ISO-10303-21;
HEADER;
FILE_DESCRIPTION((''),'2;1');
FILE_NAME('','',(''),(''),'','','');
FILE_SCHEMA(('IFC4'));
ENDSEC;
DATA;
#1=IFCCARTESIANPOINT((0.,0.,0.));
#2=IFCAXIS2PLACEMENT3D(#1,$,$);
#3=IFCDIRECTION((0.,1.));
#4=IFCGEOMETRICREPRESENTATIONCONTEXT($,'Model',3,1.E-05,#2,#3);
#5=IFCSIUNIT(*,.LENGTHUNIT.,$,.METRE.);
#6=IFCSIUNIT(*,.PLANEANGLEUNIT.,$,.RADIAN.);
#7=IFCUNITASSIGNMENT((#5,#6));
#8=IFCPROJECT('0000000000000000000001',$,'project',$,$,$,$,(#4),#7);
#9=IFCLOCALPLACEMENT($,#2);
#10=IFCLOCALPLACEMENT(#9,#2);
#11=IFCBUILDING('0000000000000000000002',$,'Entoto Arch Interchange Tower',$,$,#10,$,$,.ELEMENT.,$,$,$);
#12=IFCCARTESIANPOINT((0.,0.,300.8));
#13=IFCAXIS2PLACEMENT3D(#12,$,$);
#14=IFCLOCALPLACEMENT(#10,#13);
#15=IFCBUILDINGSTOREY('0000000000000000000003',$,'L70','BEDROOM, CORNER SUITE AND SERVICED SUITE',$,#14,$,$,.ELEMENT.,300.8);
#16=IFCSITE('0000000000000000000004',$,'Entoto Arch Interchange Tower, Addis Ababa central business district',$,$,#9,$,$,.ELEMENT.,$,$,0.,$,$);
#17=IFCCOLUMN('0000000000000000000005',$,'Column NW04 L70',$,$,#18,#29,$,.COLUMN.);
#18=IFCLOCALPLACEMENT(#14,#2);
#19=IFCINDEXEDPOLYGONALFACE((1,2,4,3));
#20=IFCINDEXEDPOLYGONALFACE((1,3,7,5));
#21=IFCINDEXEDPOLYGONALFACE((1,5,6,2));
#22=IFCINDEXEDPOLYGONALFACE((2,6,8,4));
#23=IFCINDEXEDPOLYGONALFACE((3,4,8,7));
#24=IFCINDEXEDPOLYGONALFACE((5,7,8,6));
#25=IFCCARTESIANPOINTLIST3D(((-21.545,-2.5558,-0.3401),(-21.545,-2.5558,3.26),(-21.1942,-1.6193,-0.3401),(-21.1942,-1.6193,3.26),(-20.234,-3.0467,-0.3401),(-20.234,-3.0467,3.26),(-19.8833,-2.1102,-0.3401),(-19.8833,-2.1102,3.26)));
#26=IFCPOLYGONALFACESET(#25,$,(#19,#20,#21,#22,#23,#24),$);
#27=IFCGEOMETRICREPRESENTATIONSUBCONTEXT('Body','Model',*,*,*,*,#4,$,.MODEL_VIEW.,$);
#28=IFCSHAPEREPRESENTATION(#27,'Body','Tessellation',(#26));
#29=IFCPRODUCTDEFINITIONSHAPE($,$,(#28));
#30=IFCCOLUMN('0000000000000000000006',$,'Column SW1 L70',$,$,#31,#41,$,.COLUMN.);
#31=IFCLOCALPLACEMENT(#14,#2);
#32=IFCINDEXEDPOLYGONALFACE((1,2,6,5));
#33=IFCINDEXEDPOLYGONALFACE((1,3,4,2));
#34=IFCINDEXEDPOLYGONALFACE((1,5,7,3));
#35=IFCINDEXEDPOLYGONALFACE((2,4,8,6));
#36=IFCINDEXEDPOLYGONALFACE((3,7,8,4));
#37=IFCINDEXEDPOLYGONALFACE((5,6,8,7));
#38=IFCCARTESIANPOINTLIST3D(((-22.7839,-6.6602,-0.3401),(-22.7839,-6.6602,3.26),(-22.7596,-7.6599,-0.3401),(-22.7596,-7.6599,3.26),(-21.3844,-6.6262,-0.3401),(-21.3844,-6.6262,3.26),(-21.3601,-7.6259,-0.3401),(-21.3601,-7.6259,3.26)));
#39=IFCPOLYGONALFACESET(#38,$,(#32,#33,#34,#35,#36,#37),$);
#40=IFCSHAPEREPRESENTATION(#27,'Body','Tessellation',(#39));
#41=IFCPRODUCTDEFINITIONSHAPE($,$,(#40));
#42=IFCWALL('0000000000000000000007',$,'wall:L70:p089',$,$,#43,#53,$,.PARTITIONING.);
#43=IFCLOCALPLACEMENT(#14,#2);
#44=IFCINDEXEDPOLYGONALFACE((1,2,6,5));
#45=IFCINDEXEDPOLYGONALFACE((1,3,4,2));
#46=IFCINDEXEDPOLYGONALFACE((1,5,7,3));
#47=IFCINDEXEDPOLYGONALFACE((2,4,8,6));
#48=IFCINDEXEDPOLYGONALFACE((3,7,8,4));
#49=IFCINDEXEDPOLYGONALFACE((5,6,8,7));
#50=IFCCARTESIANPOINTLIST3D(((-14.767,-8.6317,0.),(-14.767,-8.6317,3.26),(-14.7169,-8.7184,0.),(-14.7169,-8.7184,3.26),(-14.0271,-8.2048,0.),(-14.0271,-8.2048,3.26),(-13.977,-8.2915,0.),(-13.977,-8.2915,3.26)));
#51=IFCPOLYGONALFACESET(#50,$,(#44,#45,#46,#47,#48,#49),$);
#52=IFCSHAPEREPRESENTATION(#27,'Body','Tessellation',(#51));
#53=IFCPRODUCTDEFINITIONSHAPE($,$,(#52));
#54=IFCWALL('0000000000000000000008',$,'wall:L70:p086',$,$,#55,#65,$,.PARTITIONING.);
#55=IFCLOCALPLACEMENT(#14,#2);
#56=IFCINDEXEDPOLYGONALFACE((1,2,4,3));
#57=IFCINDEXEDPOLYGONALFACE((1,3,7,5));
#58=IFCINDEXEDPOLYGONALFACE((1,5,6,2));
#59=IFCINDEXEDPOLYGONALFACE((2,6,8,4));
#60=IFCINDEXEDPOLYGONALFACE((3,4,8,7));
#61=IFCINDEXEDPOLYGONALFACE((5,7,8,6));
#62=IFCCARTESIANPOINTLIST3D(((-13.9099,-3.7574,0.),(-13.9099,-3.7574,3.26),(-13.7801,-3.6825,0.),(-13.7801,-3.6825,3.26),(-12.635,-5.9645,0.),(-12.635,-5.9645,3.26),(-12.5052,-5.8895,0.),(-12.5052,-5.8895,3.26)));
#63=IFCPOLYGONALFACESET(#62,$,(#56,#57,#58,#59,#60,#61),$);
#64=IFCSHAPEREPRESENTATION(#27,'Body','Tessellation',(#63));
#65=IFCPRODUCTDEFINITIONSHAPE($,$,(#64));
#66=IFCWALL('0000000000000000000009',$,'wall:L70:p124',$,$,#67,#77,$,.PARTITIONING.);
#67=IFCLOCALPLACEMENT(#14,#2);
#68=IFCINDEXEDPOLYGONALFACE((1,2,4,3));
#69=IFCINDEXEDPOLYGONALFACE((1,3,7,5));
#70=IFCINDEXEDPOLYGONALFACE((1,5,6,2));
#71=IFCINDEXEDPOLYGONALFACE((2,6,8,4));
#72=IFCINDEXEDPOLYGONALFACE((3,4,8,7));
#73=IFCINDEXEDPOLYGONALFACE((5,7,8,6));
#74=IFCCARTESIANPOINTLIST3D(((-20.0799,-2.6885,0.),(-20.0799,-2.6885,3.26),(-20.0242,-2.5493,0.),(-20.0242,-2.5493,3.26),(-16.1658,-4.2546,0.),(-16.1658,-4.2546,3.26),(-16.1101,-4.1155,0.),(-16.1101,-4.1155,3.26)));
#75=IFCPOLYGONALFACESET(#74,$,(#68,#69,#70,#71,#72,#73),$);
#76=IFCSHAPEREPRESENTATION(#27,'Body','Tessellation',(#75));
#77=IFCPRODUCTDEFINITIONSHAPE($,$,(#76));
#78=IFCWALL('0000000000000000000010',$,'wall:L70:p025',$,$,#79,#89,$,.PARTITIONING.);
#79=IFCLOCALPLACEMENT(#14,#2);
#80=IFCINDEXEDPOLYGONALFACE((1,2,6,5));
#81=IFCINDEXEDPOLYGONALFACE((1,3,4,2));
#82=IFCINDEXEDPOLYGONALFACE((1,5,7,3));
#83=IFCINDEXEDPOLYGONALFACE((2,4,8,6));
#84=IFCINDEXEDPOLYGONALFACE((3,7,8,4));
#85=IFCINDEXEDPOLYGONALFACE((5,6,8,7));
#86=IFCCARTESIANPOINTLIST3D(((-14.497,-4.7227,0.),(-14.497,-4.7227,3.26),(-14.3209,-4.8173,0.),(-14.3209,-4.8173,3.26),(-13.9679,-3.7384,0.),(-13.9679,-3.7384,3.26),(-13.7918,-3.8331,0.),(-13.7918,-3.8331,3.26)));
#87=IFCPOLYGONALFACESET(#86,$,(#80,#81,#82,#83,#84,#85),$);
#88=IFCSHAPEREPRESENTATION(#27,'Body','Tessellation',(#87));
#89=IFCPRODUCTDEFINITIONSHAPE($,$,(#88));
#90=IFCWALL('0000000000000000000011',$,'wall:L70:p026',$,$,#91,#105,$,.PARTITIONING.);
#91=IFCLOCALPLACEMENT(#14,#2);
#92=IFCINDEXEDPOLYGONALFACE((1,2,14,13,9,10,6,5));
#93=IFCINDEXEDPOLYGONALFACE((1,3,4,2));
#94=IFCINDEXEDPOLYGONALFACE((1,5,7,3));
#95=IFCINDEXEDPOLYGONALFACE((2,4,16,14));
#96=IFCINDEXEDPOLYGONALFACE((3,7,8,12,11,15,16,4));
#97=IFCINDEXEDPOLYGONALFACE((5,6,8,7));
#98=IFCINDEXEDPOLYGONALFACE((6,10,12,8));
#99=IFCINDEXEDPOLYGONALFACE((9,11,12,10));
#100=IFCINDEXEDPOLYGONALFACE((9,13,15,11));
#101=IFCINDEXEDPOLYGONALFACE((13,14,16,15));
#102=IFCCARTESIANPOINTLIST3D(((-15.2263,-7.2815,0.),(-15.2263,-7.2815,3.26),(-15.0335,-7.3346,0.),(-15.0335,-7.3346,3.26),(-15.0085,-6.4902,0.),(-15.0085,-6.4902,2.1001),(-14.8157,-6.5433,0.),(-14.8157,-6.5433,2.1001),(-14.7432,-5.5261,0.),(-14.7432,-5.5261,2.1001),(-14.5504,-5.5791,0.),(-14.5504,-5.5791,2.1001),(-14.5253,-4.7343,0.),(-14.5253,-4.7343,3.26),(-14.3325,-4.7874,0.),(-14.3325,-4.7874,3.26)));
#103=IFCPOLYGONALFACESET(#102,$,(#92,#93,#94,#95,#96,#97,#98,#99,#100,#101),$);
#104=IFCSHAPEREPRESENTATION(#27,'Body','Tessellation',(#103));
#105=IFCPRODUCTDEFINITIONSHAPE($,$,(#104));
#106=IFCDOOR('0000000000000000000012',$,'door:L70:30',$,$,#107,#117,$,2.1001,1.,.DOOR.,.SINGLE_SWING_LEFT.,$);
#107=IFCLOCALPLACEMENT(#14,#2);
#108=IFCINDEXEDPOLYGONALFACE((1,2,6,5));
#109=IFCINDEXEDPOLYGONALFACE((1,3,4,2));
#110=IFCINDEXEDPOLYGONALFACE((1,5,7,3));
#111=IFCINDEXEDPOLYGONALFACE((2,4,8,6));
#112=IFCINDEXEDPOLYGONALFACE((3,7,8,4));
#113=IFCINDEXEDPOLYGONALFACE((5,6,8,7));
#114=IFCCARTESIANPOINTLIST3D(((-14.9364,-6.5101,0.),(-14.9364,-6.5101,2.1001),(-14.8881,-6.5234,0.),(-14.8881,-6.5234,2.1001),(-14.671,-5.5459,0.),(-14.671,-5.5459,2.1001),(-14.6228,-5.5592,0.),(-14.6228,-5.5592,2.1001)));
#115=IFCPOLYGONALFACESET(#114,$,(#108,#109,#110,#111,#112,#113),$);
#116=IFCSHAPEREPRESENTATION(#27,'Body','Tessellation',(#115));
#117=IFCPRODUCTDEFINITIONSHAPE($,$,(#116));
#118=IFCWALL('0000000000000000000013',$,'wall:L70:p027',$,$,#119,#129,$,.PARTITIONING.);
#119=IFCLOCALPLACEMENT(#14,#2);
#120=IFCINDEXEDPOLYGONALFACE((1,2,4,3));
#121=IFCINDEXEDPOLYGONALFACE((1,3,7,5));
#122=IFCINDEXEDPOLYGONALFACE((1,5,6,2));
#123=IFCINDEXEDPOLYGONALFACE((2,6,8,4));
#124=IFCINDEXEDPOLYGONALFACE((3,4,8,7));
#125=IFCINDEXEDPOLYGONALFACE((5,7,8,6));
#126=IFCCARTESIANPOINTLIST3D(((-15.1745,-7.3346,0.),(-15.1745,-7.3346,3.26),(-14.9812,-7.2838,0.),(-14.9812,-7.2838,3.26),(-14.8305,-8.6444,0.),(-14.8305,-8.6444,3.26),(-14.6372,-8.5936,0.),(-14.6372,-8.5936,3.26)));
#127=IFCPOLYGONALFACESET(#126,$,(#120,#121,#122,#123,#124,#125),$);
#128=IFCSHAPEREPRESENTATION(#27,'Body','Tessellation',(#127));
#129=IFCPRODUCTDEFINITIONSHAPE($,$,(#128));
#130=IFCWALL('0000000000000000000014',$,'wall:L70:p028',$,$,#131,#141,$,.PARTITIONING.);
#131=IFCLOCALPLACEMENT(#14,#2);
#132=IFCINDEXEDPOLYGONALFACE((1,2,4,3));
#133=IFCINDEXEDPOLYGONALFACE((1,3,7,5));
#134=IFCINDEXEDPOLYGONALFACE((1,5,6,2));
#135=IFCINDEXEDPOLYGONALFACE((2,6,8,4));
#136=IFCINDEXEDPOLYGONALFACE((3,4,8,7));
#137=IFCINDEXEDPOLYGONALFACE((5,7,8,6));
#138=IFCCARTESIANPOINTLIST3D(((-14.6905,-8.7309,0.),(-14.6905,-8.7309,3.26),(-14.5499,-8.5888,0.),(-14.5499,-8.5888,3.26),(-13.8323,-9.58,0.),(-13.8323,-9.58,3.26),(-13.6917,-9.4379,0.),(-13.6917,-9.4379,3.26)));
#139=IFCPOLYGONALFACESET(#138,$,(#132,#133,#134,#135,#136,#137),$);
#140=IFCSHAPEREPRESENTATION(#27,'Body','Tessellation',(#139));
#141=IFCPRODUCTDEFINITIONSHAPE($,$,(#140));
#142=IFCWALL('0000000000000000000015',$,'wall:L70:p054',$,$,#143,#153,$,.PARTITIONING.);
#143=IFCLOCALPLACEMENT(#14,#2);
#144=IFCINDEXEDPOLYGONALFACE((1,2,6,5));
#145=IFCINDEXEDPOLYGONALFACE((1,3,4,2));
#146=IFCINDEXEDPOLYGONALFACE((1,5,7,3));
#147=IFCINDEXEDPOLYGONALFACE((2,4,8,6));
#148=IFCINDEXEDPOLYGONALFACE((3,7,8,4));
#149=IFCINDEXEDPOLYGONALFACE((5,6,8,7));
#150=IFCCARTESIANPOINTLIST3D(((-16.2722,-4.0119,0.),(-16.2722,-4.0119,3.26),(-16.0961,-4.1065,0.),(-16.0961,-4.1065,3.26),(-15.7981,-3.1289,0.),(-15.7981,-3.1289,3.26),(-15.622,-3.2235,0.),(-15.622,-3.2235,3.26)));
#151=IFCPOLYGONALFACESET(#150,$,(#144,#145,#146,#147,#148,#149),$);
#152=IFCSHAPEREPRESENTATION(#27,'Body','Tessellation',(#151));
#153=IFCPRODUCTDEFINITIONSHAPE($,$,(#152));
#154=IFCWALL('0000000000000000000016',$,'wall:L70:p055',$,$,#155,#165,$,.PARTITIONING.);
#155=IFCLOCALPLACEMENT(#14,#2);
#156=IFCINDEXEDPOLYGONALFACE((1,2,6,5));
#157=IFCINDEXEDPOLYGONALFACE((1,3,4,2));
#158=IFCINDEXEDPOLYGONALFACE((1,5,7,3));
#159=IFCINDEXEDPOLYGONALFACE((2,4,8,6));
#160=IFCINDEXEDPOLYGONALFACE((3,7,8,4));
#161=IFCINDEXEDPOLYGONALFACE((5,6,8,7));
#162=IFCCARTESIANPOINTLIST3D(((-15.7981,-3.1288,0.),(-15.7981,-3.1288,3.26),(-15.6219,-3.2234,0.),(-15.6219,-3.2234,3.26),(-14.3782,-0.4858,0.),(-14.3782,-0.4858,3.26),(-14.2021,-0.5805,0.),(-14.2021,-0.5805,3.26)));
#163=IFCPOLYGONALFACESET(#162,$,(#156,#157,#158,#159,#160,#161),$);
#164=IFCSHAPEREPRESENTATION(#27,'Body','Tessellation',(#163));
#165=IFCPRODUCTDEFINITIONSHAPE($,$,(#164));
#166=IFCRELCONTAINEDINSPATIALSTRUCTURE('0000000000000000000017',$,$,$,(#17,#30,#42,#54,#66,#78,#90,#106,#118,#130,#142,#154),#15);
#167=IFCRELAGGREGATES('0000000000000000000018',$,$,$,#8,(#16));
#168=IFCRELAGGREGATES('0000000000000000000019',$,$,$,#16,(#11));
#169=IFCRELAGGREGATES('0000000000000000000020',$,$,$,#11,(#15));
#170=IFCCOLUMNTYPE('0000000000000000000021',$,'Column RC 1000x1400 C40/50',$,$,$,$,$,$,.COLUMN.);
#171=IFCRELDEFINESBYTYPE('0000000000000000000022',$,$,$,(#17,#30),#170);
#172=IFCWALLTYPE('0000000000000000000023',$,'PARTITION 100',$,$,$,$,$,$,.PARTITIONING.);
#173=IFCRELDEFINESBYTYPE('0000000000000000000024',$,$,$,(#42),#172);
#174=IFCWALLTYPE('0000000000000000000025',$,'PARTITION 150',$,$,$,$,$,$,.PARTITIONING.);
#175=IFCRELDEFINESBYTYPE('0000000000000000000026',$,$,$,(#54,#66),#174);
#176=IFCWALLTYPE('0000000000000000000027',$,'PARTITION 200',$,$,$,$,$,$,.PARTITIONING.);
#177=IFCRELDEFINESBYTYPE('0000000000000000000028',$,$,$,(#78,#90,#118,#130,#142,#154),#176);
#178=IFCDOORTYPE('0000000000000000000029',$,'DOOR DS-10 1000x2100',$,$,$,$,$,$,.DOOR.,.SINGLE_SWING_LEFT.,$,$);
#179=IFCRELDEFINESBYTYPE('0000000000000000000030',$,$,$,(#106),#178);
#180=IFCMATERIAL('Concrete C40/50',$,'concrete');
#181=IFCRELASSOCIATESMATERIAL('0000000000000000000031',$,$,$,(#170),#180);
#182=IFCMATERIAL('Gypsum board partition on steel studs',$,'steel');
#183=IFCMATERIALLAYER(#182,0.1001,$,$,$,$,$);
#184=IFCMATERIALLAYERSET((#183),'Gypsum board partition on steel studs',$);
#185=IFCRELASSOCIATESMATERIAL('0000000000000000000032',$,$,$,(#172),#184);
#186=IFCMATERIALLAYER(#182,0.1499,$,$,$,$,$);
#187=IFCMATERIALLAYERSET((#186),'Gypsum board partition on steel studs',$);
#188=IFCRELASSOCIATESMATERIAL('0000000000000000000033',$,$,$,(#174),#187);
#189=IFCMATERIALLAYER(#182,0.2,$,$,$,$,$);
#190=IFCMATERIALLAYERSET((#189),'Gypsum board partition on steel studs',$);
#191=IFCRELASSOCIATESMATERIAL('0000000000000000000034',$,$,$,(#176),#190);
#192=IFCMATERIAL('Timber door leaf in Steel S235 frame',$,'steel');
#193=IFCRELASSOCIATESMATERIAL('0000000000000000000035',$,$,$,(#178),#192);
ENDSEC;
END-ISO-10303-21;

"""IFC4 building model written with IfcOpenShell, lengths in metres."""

from ifc_helpers import new_model, si_unit, direction, frame, frame_2d, origin, origin_2d, place, context, subcontext, project, spatial, rectangle, extrude, material, layer, layer_set, material_profile, profile_set, type_object, element, fill, save


model = new_model("IFC4")

# Units and contexts
model_context = context("Model", 3, precision=1e-05, world=origin(), true_north=direction((0.0, 1.0)))
body_context = subcontext(model_context, "Body", "Model", "MODEL_VIEW")
ifc_project = project(units=[si_unit("LENGTHUNIT", "METRE"), si_unit("PLANEANGLEUNIT", "RADIAN")], contexts=[model_context])

# Site, building, storey
site_placement = place(None, origin())
site = spatial("IfcSite", under=ifc_project, at=site_placement, Name="Entoto Arch Interchange Tower, Addis Ababa central business district", CompositionType="ELEMENT", RefElevation=0.0)
building_placement = place(site_placement, origin())
building = spatial("IfcBuilding", under=site, at=building_placement, Name="Entoto Arch Interchange Tower", CompositionType="ELEMENT")
storey_placement = place(building_placement, frame((0.0, 0.0, 300.8)))
storey = spatial("IfcBuildingStorey", under=building, at=storey_placement, Name="L70", Description="BEDROOM, CORNER SUITE AND SERVICED SUITE", CompositionType="ELEMENT", Elevation=300.8)

# Columns
ifc_material_1 = material(Name="Concrete C40/50", Category="concrete")
ifc_material_profile = material_profile(ifc_material_1, rectangle(XDim=1.0, YDim=1.3999, at=origin_2d()))
ifc_profile_set = profile_set([ifc_material_profile], Name="Concrete C40/50")
column_type = type_object("IfcColumnType", Name="Column RC 1000x1400 C40/50", PredefinedType="COLUMN", material=ifc_profile_set)
for number, where, z_axis, x_axis, name in (
    (1, (-20.7141, -2.333, -0.3401), (0.0, 0.0, 1.0), (0.350714, 0.936483, 0.0), "Column NW04 L70"),
    (2, (-22.072, -7.1431, -0.3401), (0.0, 0.0, 1.0), (-0.024258, 0.999706, 0.0), "Column SW1 L70"),
):
    element("IfcColumn", number, at=place(storey_placement, frame(where, z_axis=z_axis, x_axis=x_axis)), inside=storey, type_object=column_type, Name=name, PredefinedType="COLUMN", context=body_context, shape_type="SweptSolid", body=[
        extrude(rectangle(XDim=1.0, YDim=1.3999, at=origin_2d()), origin(), (0.0, 0.0, 1.0), 3.6001),
    ])

# Walls
ifc_material_2 = material(Name="Gypsum board partition on steel studs", Category="steel")
ifc_layer_1 = layer(ifc_material_2, 0.1001)
ifc_layer_set_1 = layer_set([ifc_layer_1], Name="Gypsum board partition on steel studs")
wall_type_1 = type_object("IfcWallType", Name="PARTITION 100", PredefinedType="PARTITIONING", material=ifc_layer_set_1)
wall_1_placement = place(storey_placement, frame((-14.002, -8.248, 0.0), z_axis=(0.0, 0.0, 1.0), x_axis=(-0.866143, -0.499797, 0.0)))
element("IfcWall", 3, at=wall_1_placement, inside=storey, type_object=wall_type_1, Name="wall:L70:p089", PredefinedType="PARTITIONING", context=body_context, shape_type="SweptSolid", body=[
    extrude(rectangle(XDim=0.8542, YDim=0.1001, at=frame_2d((0.4272, 0.0))), origin(), (0.0, 0.0, 1.0), 3.26),
])
ifc_layer_2 = layer(ifc_material_2, 0.1499)
ifc_layer_set_2 = layer_set([ifc_layer_2], Name="Gypsum board partition on steel studs")
wall_type_2 = type_object("IfcWallType", Name="PARTITION 150", PredefinedType="PARTITIONING", material=ifc_layer_set_2)
wall_2_placement = place(storey_placement, frame((-12.5701, -5.927, 0.0), z_axis=(0.0, 0.0, 1.0), x_axis=(-0.500198, 0.865911, 0.0)))
element("IfcWall", 4, at=wall_2_placement, inside=storey, type_object=wall_type_2, Name="wall:L70:p086", PredefinedType="PARTITIONING", context=body_context, shape_type="SweptSolid", body=[
    extrude(rectangle(XDim=2.5488, YDim=0.1499, at=frame_2d((1.2744, 0.0))), origin(), (0.0, 0.0, 1.0), 3.26),
])
wall_3_placement = place(storey_placement, frame((-16.1379, -4.1851, 0.0), z_axis=(0.0, 0.0, 1.0), x_axis=(-0.928433, 0.371501, 0.0)))
element("IfcWall", 5, at=wall_3_placement, inside=storey, type_object=wall_type_2, Name="wall:L70:p124", PredefinedType="PARTITIONING", context=body_context, shape_type="SweptSolid", body=[
    extrude(rectangle(XDim=4.2158, YDim=0.1499, at=frame_2d((2.1079, 0.0))), origin(), (0.0, 0.0, 1.0), 3.26),
])
ifc_layer_3 = layer(ifc_material_2, 0.2)
ifc_layer_set_3 = layer_set([ifc_layer_3], Name="Gypsum board partition on steel studs")
wall_type_3 = type_object("IfcWallType", Name="PARTITION 200", PredefinedType="PARTITIONING", material=ifc_layer_set_3)
wall_4_placement = place(storey_placement, frame((-13.8799, -3.7859, 0.0), z_axis=(0.0, 0.0, 1.0), x_axis=(-0.4735, -0.880794, 0.0)))
element("IfcWall", 6, at=wall_4_placement, inside=storey, type_object=wall_type_3, Name="wall:L70:p025", PredefinedType="PARTITIONING", context=body_context, shape_type="SweptSolid", body=[
    extrude(rectangle(XDim=1.1174, YDim=0.2, at=frame_2d((0.5586, 0.0))), origin(), (0.0, 0.0, 1.0), 3.26),
])

# Wall, opening, door
wall_5_placement = place(storey_placement, frame((-14.429, -4.761, 0.0), z_axis=(0.0, 0.0, 1.0), x_axis=(-0.265322, -0.96416, 0.0)))
wall_5 = element("IfcWall", 7, at=wall_5_placement, inside=storey, type_object=wall_type_3, Name="wall:L70:p026", PredefinedType="PARTITIONING", context=body_context, shape_type="SweptSolid", body=[
    extrude(rectangle(XDim=2.6418, YDim=0.2, at=frame_2d((1.3208, 0.0))), origin(), (0.0, 0.0, 1.0), 3.26),
])
opening_1_placement = place(wall_5_placement, frame((0.821, 0.0, 0.0)))
opening_1 = element("IfcOpeningElement", 8, at=opening_1_placement, cuts=wall_5, PredefinedType="OPENING", context=body_context, shape_type="SweptSolid", body=[
    extrude(rectangle(XDim=1.0, YDim=2.1001, at=frame_2d((0.5, 1.05))), frame((0.0, 0.1099, 0.0), z_axis=(0.0, -1.0, 0.0), x_axis=(1.0, 0.0, 0.0)), (0.0, 0.0, 1.0), 0.22),
])
ifc_material_3 = material(Name="Timber door leaf in Steel S235 frame", Category="steel")
door_type_1 = type_object("IfcDoorType", Name="DOOR DS-10 1000x2100", OperationType="SINGLE_SWING_LEFT", PredefinedType="DOOR", material=ifc_material_3)
door_1_placement = place(opening_1_placement, origin())
door_1 = element("IfcDoor", 9, at=door_1_placement, inside=storey, type_object=door_type_1, Name="door:L70:30", OperationType="SINGLE_SWING_LEFT", OverallHeight=2.1001, OverallWidth=1.0, PredefinedType="DOOR", context=body_context, shape_type="SweptSolid", body=[
    extrude(rectangle(XDim=1.0, YDim=2.1001, at=frame_2d((0.5, 1.05))), frame((0.0, 0.0249, 0.0), z_axis=(0.0, -1.0, 0.0), x_axis=(1.0, 0.0, 0.0)), (0.0, 0.0, 1.0), 0.05),
])
fill(opening_1, door_1)

# Walls
wall_6_placement = place(storey_placement, frame((-15.0779, -7.3091, 0.0), z_axis=(0.0, 0.0, 1.0), x_axis=(0.254014, -0.967201, 0.0)))
element("IfcWall", 10, at=wall_6_placement, inside=storey, type_object=wall_type_3, Name="wall:L70:p027", PredefinedType="PARTITIONING", context=body_context, shape_type="SweptSolid", body=[
    extrude(rectangle(XDim=1.3542, YDim=0.2, at=frame_2d((0.6772, 0.0))), origin(), (0.0, 0.0, 1.0), 3.26),
])
wall_7_placement = place(storey_placement, frame((-14.6201, -8.6599, 0.0), z_axis=(0.0, 0.0, 1.0), x_axis=(0.710838, -0.703356, 0.0)))
element("IfcWall", 11, at=wall_7_placement, inside=storey, type_object=wall_type_3, Name="wall:L70:p028", PredefinedType="PARTITIONING", context=body_context, shape_type="SweptSolid", body=[
    extrude(rectangle(XDim=1.2073, YDim=0.2, at=frame_2d((0.6035, 0.0))), origin(), (0.0, 0.0, 1.0), 3.26),
])
wall_8_placement = place(storey_placement, frame((-16.1841, -4.0591, 0.0), z_axis=(0.0, 0.0, 1.0), x_axis=(0.473039, 0.881041, 0.0)))
element("IfcWall", 12, at=wall_8_placement, inside=storey, type_object=wall_type_3, Name="wall:L70:p054", PredefinedType="PARTITIONING", context=body_context, shape_type="SweptSolid", body=[
    extrude(rectangle(XDim=1.0022, YDim=0.2, at=frame_2d((0.501, 0.0))), origin(), (0.0, 0.0, 1.0), 3.26),
])
wall_9_placement = place(storey_placement, frame((-15.71, -3.176, 0.0), z_axis=(0.0, 0.0, 1.0), x_axis=(0.473255, 0.880925, 0.0)))
element("IfcWall", 13, at=wall_9_placement, inside=storey, type_object=wall_type_3, Name="wall:L70:p055", PredefinedType="PARTITIONING", context=body_context, shape_type="SweptSolid", body=[
    extrude(rectangle(XDim=3.0002, YDim=0.2, at=frame_2d((1.5, 0.0))), origin(), (0.0, 0.0, 1.0), 3.26),
])

save(model, "model.ifc")
